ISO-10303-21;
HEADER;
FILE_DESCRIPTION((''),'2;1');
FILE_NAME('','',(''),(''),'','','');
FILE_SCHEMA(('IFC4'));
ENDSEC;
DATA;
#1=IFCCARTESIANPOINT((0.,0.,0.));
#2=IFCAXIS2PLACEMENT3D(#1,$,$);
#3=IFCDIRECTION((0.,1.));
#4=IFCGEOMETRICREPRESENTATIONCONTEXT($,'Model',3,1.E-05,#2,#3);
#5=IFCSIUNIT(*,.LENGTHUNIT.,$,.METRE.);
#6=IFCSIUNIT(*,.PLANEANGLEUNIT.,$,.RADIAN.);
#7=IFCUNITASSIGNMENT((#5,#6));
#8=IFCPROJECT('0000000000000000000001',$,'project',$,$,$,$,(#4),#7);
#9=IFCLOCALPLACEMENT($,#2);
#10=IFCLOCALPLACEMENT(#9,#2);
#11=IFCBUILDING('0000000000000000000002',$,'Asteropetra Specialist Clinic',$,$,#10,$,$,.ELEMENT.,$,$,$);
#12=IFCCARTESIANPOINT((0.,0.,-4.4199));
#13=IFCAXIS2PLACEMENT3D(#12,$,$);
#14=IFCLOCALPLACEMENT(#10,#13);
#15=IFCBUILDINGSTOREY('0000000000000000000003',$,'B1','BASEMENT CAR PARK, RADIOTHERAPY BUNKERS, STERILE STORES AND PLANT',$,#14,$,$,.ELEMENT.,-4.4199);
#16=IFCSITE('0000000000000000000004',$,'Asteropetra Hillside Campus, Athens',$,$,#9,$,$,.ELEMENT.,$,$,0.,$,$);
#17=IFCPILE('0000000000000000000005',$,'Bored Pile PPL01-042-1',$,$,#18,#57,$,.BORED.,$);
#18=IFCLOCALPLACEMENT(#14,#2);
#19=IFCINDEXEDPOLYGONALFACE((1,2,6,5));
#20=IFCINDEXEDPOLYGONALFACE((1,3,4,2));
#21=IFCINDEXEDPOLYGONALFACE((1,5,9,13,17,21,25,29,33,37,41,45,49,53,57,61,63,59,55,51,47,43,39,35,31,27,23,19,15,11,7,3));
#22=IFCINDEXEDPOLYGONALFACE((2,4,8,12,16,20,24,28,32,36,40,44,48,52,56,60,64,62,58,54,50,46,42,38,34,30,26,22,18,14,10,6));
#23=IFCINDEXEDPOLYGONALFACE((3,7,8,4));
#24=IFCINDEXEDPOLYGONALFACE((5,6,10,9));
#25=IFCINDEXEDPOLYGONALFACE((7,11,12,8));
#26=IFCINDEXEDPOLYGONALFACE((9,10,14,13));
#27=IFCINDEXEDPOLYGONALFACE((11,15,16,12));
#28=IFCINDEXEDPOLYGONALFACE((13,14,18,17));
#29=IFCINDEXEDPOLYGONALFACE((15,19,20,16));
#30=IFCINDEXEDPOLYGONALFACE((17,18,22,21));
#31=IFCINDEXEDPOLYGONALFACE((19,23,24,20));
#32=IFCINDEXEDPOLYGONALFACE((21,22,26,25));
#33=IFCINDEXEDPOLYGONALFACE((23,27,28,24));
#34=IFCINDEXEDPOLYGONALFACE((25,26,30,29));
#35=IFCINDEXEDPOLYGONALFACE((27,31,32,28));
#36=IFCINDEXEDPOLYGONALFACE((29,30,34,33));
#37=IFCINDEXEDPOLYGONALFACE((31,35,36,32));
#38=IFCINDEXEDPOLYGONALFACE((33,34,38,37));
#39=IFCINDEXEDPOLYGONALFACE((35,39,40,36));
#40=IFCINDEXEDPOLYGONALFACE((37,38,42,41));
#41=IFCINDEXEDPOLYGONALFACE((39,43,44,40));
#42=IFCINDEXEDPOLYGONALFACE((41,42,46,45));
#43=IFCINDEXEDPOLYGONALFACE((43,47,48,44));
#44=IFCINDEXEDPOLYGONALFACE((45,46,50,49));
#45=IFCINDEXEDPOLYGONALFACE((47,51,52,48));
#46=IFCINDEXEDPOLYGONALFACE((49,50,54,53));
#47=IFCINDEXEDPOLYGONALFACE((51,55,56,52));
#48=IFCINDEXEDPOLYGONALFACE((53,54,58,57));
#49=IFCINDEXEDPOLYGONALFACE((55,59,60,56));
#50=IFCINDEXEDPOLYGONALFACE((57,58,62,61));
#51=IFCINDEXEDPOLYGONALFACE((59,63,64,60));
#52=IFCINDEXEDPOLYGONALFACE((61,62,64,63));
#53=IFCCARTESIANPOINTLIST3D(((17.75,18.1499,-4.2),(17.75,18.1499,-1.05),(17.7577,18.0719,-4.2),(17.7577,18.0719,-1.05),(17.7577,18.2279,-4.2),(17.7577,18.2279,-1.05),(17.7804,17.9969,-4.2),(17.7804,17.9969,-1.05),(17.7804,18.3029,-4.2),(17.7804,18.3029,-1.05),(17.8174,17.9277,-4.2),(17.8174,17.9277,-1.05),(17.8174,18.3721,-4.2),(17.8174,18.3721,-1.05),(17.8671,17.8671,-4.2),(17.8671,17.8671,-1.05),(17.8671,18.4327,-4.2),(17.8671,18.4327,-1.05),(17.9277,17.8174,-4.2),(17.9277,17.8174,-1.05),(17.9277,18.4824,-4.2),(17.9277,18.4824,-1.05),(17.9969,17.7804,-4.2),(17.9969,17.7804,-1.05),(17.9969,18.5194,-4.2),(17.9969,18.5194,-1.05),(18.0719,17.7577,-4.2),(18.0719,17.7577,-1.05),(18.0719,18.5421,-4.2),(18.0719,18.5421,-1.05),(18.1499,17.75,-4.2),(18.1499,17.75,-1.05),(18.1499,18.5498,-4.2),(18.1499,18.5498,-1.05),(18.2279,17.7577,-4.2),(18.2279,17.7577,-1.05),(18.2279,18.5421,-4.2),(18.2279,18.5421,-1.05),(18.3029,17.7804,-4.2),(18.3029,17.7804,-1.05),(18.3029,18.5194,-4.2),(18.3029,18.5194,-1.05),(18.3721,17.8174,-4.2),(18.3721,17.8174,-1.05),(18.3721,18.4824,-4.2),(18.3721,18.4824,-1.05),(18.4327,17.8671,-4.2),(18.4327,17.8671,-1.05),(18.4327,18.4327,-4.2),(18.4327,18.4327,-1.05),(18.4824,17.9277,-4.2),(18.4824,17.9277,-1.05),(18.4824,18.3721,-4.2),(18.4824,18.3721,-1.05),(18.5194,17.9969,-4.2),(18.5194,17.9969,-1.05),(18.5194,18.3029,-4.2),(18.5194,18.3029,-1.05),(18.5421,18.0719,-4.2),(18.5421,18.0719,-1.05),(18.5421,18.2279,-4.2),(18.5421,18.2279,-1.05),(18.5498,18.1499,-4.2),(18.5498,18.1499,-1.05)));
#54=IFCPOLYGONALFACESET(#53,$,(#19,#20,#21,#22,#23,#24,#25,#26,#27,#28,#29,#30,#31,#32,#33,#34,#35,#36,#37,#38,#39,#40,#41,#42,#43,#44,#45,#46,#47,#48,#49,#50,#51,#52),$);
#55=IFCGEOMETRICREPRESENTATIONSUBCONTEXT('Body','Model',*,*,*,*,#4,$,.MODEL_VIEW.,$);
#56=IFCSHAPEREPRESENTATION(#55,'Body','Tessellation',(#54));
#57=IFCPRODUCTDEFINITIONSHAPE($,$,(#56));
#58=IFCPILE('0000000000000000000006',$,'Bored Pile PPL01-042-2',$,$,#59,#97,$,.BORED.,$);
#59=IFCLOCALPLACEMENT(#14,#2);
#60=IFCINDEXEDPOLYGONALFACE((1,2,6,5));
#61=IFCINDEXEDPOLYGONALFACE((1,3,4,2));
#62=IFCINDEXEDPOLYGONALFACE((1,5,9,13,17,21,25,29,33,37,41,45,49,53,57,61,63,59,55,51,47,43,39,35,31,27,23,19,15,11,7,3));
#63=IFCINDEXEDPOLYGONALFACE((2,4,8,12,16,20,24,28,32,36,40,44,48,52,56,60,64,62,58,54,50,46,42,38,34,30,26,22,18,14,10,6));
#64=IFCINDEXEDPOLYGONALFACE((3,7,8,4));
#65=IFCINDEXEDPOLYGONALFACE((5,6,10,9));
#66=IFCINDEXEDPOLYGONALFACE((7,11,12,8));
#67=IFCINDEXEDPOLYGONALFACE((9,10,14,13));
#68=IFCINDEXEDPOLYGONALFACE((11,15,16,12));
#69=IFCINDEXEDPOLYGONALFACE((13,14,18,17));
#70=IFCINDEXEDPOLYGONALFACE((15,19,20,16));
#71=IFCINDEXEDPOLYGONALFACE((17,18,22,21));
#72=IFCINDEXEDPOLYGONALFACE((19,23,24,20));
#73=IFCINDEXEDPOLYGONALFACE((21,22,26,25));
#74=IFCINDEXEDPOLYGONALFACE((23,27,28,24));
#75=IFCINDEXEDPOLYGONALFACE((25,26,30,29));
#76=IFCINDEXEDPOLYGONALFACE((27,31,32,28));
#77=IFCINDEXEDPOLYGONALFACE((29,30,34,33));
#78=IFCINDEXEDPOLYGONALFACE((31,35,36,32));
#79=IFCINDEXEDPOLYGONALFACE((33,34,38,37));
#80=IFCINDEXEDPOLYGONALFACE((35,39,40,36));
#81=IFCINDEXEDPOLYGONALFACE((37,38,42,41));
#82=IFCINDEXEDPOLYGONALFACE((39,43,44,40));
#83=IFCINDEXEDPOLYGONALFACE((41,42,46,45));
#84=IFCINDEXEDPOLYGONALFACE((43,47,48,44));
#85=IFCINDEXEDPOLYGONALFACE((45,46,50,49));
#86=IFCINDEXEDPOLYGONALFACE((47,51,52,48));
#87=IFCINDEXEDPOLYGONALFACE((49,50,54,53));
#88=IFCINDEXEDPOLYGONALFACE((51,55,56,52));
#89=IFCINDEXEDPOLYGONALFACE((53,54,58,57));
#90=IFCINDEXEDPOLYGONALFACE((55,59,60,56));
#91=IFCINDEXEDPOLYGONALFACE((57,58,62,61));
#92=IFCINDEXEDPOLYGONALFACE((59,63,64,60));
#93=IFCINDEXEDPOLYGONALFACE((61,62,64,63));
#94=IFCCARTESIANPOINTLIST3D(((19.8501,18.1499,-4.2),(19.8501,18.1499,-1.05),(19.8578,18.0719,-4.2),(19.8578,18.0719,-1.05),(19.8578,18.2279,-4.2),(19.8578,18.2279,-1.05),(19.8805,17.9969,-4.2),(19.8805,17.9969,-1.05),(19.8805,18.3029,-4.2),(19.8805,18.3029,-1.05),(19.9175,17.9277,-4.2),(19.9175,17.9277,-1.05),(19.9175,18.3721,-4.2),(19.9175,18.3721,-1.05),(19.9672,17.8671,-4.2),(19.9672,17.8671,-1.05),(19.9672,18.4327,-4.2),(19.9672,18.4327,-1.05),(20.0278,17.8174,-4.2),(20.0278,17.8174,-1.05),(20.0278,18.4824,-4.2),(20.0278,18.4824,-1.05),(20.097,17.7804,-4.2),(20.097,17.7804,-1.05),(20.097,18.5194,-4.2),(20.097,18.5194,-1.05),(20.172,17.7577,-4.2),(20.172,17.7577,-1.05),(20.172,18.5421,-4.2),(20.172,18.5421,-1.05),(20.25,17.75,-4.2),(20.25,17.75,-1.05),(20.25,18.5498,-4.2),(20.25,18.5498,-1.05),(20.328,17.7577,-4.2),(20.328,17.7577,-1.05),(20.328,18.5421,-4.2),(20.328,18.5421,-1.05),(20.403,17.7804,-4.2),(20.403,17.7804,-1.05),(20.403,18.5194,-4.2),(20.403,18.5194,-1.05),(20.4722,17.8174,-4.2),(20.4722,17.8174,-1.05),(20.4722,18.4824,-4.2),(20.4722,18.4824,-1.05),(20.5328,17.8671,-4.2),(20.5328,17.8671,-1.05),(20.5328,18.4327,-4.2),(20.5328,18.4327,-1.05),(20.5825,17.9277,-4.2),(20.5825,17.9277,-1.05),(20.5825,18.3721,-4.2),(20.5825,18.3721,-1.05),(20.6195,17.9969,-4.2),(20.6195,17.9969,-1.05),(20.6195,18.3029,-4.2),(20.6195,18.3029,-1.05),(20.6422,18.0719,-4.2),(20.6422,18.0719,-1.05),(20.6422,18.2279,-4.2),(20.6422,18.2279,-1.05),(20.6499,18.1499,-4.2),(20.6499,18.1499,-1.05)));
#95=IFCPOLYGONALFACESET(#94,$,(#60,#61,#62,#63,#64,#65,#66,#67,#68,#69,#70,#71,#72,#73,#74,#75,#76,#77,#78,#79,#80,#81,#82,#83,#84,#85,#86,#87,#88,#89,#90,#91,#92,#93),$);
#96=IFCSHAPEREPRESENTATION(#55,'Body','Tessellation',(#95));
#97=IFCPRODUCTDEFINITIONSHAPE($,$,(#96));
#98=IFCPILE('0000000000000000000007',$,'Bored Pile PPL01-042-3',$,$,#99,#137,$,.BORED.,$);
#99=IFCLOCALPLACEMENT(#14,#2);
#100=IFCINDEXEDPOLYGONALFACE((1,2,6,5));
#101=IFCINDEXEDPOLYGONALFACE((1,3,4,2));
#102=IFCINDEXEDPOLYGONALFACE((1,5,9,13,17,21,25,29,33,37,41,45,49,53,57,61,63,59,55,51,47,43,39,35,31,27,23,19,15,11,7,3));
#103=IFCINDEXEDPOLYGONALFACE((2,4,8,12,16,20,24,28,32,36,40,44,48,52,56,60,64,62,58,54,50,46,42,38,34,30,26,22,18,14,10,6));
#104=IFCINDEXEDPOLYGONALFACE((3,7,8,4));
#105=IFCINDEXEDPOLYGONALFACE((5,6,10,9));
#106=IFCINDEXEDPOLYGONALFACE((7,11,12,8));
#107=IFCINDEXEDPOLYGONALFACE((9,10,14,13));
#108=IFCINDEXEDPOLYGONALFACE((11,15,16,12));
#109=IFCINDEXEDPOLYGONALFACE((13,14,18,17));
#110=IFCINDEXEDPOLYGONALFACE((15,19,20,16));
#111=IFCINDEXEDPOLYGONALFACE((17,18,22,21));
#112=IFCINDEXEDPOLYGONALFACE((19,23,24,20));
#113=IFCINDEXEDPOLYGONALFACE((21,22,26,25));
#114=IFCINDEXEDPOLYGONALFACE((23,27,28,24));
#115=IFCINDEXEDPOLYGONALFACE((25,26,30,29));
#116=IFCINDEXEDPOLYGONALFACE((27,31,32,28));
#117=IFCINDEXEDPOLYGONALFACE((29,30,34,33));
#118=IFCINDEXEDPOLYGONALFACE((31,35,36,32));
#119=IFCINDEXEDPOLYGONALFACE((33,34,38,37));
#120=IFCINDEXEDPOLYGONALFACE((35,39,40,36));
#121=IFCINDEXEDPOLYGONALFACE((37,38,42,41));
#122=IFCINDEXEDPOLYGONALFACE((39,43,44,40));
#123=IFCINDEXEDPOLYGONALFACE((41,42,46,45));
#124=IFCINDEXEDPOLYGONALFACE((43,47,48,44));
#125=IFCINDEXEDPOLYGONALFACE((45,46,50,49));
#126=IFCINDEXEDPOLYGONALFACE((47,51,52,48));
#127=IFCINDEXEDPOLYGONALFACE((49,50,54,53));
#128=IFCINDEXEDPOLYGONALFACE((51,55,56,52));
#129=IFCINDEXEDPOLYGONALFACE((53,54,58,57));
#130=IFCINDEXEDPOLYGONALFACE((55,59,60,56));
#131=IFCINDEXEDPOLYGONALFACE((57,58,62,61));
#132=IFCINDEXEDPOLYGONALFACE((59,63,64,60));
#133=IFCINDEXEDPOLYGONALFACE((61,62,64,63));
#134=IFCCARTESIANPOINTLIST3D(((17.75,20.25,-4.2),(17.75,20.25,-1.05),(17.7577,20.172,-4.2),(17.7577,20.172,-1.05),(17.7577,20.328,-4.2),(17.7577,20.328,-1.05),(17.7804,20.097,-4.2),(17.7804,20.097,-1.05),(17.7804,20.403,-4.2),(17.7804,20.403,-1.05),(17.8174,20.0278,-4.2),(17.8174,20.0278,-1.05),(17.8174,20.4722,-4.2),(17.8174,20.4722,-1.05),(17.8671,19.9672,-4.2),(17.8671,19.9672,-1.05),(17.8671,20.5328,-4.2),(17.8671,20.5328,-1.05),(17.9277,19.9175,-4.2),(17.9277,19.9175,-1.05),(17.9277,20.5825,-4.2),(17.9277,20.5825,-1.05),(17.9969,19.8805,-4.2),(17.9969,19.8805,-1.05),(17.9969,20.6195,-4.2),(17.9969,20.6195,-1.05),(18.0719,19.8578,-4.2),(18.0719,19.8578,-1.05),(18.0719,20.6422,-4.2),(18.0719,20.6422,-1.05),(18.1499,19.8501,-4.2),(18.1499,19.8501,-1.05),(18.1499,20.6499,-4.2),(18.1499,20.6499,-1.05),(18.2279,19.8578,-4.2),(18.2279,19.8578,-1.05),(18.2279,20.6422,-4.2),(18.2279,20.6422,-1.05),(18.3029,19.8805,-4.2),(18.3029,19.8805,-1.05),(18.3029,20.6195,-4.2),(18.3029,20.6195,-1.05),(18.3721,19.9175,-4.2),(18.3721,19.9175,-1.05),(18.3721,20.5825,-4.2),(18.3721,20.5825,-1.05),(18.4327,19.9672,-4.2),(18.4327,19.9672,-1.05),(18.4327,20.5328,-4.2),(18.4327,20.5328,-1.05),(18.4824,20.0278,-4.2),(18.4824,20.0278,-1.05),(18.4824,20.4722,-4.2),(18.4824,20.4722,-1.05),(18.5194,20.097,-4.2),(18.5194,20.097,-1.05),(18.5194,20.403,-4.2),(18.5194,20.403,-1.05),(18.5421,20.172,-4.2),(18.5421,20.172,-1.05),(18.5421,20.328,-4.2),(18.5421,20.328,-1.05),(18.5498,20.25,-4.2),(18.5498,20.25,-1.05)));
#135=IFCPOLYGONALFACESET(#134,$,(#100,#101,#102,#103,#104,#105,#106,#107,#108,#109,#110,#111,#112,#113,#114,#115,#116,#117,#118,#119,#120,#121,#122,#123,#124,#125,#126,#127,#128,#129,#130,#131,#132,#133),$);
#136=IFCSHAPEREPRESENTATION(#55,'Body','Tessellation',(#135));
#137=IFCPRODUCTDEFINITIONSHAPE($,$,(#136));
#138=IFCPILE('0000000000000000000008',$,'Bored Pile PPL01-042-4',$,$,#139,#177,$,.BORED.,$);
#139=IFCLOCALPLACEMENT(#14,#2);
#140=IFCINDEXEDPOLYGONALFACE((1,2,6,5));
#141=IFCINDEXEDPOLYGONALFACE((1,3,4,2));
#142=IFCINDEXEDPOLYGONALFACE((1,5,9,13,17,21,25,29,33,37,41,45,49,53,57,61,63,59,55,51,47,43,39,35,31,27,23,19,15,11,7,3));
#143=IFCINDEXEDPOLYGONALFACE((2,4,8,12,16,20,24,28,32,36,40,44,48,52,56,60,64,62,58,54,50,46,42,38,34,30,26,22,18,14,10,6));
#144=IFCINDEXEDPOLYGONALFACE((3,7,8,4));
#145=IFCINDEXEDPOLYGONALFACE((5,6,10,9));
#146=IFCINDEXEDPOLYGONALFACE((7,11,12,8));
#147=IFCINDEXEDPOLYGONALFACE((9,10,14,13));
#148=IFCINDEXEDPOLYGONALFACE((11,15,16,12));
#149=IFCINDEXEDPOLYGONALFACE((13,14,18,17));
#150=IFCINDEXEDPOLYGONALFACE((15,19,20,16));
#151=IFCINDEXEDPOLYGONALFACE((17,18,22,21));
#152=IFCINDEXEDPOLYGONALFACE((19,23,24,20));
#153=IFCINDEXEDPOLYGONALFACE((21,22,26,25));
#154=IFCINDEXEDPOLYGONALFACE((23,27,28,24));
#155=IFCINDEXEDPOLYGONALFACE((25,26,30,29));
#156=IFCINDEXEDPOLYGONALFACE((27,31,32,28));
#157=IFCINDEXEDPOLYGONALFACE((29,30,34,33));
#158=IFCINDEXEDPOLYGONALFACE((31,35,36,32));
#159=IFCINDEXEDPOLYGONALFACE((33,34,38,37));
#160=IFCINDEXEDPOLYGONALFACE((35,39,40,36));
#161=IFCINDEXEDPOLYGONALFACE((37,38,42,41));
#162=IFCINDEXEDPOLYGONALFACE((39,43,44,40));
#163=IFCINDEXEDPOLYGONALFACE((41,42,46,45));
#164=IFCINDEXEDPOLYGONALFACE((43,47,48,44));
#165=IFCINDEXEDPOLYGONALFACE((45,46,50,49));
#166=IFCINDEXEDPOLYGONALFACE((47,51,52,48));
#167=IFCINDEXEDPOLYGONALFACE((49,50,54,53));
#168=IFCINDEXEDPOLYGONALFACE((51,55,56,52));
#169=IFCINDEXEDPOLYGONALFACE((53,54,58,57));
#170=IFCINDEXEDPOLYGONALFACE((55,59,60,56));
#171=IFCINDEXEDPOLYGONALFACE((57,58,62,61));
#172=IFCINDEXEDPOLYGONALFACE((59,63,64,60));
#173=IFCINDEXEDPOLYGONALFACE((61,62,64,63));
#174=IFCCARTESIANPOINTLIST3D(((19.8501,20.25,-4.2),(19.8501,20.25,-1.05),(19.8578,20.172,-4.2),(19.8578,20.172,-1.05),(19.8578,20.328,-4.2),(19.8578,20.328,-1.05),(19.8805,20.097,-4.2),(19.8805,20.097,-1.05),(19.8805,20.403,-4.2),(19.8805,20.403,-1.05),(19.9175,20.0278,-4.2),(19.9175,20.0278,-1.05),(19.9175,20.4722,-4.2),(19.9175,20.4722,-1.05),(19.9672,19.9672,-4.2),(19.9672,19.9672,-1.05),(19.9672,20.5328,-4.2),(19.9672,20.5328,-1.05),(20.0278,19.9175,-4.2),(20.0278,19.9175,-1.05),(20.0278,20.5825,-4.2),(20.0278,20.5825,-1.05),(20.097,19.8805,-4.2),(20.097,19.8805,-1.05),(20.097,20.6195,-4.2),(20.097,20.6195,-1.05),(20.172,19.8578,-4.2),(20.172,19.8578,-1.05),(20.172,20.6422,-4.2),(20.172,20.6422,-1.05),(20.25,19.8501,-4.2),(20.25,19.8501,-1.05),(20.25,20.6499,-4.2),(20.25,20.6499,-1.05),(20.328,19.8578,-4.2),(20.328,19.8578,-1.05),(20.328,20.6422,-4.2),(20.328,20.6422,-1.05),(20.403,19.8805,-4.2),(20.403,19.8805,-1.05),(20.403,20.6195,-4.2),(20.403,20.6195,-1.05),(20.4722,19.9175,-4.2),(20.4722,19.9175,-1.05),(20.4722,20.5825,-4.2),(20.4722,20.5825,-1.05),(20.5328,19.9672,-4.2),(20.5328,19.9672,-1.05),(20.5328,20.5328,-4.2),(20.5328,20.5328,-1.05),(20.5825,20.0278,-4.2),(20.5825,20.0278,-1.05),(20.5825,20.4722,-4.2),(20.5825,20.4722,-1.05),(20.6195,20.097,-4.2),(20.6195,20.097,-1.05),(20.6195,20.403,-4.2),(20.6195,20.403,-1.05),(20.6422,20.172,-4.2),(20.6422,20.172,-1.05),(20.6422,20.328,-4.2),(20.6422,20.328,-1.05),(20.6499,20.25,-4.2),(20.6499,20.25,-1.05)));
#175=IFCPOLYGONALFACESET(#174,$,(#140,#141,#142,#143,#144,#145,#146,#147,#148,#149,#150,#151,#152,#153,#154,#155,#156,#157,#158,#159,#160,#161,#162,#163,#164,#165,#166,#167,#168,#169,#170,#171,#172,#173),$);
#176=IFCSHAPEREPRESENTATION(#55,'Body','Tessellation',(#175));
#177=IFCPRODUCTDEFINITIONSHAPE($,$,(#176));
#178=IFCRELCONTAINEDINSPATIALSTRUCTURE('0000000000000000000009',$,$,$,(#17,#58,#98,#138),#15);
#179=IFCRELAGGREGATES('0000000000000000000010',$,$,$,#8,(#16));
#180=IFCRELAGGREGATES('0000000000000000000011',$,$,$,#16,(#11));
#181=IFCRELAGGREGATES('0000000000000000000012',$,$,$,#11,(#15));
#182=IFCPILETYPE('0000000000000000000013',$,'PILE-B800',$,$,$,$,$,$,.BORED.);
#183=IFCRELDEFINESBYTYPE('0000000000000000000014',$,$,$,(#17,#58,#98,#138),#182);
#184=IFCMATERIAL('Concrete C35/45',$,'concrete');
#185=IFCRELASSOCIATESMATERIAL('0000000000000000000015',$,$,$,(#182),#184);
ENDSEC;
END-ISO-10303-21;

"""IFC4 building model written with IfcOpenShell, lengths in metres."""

from ifc_helpers import new_model, si_unit, direction, frame, origin, origin_2d, place, context, subcontext, project, spatial, circle, extrude, material, material_profile, profile_set, type_object, element, save


model = new_model("IFC4")

# Units and contexts
model_context = context("Model", 3, precision=1e-05, world=origin(), true_north=direction((0.0, 1.0)))
body_context = subcontext(model_context, "Body", "Model", "MODEL_VIEW")
ifc_project = project(units=[si_unit("LENGTHUNIT", "METRE"), si_unit("PLANEANGLEUNIT", "RADIAN")], contexts=[model_context])

# Site, building, storey
site_placement = place(None, origin())
site = spatial("IfcSite", under=ifc_project, at=site_placement, Name="Asteropetra Hillside Campus, Athens", CompositionType="ELEMENT", RefElevation=0.0)
building_placement = place(site_placement, origin())
building = spatial("IfcBuilding", under=site, at=building_placement, Name="Asteropetra Specialist Clinic", CompositionType="ELEMENT")
storey_placement = place(building_placement, frame((0.0, 0.0, -4.4199)))
storey = spatial("IfcBuildingStorey", under=building, at=storey_placement, Name="B1", Description="BASEMENT CAR PARK, RADIOTHERAPY BUNKERS, STERILE STORES AND PLANT", CompositionType="ELEMENT", Elevation=-4.4199)

# Piles
ifc_material_1 = material(Name="Concrete C35/45", Category="concrete")
ifc_material_profile_1 = material_profile(ifc_material_1, circle(Radius=0.3999, at=origin_2d()), Name="PILE D800")
ifc_profile_set_1 = profile_set([ifc_material_profile_1], Name="Concrete C35/45")
pile_type_1 = type_object("IfcPileType", Name="PILE-B800", PredefinedType="BORED", material=ifc_profile_set_1)
for number, where, z_axis, x_axis, name in (
    (1, (18.1499, 18.1499, -1.05), (0.0, 0.0, -1.0), (1.0, 0.0, 0.0), "Bored Pile PPL01-042-1"),
    (2, (20.25, 18.1499, -1.05), (0.0, 0.0, -1.0), (1.0, 0.0, 0.0), "Bored Pile PPL01-042-2"),
    (3, (18.1499, 20.25, -1.05), (0.0, 0.0, -1.0), (1.0, 0.0, 0.0), "Bored Pile PPL01-042-3"),
    (4, (20.25, 20.25, -1.05), (0.0, 0.0, -1.0), (1.0, 0.0, 0.0), "Bored Pile PPL01-042-4"),
):
    element("IfcPile", number, at=place(storey_placement, frame(where, z_axis=z_axis, x_axis=x_axis)), inside=storey, type_object=pile_type_1, Name=name, PredefinedType="BORED", context=body_context, shape_type="SweptSolid", body=[
        extrude(circle(Radius=0.3999, at=origin_2d()), origin(), (0.0, 0.0, 1.0), 3.1499),
    ])

save(model, "model.ifc")
